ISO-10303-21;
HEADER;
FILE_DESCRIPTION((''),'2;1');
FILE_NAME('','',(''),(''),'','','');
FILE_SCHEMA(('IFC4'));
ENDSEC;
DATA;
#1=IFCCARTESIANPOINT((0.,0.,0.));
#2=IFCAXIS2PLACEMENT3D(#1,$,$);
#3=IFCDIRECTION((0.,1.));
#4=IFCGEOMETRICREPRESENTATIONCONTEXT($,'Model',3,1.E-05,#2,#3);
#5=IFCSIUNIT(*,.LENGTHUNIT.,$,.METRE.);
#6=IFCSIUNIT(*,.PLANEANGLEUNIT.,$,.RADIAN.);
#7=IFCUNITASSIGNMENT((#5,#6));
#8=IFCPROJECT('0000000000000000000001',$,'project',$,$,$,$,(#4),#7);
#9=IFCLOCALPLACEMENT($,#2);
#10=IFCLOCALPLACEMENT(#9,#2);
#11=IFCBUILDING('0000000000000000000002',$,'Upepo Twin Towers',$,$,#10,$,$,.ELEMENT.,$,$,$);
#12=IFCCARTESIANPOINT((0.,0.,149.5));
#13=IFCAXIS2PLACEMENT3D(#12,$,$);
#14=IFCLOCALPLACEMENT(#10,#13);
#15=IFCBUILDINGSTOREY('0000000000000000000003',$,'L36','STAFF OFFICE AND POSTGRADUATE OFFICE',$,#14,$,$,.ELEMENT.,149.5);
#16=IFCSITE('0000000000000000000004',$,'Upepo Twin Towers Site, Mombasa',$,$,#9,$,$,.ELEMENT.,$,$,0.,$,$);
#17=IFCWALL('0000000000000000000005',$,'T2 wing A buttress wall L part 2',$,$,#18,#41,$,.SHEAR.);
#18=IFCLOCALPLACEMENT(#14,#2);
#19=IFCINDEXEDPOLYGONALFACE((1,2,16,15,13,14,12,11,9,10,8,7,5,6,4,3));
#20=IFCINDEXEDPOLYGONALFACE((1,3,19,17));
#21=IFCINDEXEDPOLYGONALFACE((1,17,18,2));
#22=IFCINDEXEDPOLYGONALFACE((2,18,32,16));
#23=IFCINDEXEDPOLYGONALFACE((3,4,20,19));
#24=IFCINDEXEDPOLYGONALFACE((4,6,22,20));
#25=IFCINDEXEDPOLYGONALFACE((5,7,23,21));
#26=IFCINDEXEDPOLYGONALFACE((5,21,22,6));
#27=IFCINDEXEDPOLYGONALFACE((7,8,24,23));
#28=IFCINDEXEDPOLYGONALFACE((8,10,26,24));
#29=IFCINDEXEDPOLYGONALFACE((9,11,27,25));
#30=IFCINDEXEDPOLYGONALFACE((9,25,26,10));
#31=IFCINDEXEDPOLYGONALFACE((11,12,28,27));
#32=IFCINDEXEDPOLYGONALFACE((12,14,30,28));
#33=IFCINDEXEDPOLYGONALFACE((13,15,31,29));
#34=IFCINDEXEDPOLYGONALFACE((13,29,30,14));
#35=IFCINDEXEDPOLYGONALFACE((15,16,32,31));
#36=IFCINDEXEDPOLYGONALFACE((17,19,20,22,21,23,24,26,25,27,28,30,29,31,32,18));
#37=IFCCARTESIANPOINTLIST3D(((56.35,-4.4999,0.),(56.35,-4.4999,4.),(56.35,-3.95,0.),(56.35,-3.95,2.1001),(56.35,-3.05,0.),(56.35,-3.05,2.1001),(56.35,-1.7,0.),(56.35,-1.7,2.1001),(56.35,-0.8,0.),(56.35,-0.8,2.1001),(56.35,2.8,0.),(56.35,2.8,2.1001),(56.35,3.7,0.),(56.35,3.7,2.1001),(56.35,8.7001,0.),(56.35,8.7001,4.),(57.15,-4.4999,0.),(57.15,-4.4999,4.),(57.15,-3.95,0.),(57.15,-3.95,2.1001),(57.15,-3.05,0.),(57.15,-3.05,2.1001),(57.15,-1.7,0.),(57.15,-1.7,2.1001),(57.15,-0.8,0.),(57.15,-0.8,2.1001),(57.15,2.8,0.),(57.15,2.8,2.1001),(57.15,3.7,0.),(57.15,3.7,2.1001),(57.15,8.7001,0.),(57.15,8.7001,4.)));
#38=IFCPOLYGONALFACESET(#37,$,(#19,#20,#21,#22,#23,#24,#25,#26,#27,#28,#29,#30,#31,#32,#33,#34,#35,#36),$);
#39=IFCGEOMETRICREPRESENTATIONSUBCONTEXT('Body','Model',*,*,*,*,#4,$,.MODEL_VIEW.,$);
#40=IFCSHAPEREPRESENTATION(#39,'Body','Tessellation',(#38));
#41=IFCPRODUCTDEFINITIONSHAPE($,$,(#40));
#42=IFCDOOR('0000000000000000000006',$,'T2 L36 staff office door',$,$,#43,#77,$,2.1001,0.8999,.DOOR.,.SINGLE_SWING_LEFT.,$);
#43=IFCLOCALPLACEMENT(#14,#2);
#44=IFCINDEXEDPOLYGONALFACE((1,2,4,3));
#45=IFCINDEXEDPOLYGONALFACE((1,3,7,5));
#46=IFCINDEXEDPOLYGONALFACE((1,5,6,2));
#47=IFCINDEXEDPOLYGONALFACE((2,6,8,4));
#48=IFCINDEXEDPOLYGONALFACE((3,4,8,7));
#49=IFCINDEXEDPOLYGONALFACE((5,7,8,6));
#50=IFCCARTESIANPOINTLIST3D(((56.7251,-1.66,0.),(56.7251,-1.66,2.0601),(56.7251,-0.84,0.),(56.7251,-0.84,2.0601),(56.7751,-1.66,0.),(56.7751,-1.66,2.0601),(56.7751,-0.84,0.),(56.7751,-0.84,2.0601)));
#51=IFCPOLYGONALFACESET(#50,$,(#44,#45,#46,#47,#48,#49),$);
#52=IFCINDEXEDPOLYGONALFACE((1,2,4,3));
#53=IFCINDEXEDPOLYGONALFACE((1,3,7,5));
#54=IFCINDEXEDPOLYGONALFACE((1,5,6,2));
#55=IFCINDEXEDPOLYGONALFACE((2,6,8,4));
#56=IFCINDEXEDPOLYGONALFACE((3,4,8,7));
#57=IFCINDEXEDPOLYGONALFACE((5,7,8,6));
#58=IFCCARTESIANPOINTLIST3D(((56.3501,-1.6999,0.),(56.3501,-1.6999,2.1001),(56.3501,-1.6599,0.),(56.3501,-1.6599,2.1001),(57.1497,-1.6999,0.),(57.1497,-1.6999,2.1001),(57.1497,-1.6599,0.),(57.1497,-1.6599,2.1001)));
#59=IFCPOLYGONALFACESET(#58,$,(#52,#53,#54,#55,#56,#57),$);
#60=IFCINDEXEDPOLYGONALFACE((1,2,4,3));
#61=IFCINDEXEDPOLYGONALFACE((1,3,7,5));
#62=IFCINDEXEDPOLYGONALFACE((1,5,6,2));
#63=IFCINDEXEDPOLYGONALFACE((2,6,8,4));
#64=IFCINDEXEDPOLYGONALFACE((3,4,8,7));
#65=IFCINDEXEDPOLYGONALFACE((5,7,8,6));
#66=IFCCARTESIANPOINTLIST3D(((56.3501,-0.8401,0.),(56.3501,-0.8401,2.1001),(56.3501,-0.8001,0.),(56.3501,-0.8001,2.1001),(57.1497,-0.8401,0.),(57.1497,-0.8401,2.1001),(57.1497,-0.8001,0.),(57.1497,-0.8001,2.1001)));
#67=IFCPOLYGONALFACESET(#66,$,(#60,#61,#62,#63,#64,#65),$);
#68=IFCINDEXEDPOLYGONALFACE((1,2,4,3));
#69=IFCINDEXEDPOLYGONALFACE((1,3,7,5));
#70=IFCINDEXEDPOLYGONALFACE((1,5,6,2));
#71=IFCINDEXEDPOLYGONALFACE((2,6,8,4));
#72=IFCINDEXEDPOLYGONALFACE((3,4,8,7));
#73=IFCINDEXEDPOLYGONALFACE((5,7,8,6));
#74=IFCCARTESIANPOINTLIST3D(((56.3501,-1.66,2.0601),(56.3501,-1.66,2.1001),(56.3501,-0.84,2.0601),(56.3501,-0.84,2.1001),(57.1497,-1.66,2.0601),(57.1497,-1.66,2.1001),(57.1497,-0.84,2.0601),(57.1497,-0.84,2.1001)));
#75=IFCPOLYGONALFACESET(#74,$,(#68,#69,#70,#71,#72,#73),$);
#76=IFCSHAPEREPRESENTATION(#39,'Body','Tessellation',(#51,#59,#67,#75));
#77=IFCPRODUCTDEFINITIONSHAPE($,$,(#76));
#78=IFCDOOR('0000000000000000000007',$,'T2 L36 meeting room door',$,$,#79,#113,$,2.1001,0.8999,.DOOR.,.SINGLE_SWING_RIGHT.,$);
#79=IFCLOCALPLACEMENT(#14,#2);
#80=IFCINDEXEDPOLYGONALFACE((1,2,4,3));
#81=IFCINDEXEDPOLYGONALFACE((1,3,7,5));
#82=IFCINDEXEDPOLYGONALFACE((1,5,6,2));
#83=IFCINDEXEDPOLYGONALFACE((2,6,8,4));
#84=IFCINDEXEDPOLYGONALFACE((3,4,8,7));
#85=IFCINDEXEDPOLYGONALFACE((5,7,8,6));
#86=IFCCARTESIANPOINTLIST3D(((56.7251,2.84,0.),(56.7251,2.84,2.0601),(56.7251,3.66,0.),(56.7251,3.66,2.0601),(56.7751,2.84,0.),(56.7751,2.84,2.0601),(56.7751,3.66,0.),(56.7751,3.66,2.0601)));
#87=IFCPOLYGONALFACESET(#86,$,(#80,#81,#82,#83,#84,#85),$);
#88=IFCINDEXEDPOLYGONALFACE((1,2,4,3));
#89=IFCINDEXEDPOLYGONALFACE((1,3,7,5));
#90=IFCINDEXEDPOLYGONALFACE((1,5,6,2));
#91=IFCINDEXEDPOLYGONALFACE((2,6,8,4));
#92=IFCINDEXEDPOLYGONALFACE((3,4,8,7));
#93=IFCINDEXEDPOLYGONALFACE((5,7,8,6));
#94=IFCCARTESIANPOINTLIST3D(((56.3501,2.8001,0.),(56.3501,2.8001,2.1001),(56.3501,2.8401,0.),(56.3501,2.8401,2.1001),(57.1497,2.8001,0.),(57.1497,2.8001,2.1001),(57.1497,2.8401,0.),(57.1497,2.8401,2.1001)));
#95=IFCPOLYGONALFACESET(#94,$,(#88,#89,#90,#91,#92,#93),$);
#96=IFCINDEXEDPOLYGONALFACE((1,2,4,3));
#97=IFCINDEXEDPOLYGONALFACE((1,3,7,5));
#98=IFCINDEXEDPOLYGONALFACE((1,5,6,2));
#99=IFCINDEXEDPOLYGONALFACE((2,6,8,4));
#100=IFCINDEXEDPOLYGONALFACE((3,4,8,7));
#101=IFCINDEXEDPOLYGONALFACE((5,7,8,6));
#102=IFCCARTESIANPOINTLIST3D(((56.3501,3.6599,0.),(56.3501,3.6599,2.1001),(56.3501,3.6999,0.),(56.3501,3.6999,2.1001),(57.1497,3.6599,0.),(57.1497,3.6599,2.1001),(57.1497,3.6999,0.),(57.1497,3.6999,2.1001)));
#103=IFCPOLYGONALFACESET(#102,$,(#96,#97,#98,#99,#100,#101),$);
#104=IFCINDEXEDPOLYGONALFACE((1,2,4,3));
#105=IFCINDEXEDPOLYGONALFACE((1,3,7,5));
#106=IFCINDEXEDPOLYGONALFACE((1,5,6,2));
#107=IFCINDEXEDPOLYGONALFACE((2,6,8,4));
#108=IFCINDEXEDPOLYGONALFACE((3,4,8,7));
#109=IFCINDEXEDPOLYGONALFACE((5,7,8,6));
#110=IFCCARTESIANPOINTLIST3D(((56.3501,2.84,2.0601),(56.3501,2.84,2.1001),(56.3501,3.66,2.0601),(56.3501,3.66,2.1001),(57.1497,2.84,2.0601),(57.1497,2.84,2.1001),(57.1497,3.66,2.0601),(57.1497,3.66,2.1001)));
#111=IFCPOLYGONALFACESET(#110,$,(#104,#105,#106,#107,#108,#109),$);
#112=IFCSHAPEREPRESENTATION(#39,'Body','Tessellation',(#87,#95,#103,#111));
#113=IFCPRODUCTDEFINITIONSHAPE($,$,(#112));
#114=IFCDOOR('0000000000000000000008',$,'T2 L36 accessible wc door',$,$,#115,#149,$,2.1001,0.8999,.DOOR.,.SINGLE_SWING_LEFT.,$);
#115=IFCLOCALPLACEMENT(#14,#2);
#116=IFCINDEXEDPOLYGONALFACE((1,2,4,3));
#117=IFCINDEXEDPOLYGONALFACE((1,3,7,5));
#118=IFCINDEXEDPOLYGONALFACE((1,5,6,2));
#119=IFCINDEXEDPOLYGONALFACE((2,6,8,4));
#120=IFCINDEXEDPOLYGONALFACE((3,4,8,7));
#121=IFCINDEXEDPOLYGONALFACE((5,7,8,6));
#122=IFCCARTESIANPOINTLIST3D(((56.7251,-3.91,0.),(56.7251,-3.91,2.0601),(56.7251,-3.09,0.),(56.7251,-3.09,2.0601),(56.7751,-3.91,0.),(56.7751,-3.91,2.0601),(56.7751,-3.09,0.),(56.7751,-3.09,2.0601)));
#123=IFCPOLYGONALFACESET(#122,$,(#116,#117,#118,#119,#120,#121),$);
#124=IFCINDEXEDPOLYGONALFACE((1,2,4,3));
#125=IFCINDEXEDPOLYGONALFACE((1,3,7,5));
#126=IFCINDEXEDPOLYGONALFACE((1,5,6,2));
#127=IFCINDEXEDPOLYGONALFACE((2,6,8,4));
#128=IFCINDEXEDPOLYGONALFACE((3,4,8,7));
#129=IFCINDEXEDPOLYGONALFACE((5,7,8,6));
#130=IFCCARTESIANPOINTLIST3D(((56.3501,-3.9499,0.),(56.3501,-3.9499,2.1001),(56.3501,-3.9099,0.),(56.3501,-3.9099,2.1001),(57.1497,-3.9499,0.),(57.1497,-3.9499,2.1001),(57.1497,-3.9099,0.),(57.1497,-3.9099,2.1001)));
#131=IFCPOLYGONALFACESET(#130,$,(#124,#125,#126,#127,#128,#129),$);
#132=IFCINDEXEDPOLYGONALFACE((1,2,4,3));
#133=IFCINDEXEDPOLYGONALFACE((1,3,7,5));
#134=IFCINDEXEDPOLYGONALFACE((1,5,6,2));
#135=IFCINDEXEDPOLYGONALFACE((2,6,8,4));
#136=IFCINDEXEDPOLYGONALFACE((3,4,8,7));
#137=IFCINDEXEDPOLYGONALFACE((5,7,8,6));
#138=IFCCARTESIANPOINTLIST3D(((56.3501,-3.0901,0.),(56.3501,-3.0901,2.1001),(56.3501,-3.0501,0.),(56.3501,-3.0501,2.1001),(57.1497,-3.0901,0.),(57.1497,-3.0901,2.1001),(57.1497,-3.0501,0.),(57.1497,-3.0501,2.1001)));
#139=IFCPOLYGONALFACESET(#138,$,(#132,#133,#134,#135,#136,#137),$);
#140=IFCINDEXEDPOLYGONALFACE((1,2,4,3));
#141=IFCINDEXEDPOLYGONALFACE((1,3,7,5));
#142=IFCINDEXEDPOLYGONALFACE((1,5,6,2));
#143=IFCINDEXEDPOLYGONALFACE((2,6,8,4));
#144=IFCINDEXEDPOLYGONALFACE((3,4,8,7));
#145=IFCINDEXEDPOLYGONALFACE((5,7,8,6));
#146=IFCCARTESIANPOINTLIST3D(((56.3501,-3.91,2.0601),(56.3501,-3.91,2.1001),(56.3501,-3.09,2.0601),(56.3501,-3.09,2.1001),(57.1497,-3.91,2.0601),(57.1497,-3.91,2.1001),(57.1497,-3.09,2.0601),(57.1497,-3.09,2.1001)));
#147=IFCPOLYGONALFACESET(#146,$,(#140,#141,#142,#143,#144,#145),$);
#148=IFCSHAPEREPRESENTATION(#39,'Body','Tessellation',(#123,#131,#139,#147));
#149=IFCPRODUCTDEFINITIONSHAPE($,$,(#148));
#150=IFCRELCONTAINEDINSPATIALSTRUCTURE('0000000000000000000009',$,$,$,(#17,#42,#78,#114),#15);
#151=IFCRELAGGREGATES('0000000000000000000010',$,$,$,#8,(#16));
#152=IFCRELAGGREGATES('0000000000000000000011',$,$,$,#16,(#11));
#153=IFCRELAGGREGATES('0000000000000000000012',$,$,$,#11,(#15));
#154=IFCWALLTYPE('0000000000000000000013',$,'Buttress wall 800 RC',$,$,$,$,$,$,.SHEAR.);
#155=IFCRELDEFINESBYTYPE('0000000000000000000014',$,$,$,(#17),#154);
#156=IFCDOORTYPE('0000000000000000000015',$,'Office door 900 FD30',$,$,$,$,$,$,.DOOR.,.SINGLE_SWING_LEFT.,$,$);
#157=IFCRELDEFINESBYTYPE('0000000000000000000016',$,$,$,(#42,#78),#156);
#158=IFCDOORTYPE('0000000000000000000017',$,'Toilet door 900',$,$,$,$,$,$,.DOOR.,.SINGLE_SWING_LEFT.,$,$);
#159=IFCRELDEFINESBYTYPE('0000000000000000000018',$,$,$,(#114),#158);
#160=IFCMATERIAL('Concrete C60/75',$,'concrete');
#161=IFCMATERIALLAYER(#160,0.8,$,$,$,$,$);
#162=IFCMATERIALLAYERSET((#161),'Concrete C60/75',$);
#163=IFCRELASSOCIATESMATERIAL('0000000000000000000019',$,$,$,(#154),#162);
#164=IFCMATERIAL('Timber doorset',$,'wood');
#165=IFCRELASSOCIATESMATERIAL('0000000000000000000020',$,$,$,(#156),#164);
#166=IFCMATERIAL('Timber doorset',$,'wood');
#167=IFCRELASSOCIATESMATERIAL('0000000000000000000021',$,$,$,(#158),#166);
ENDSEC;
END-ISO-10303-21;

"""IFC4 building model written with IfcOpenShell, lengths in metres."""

from ifc_helpers import new_model, si_unit, direction, frame, frame_2d, origin, place, context, subcontext, project, spatial, rectangle, extrude, material, layer, layer_set, type_object, element, fill, save


model = new_model("IFC4")

# Units and contexts
model_context = context("Model", 3, precision=1e-05, world=origin(), true_north=direction((0.0, 1.0)))
body_context = subcontext(model_context, "Body", "Model", "MODEL_VIEW")
ifc_project = project(units=[si_unit("LENGTHUNIT", "METRE"), si_unit("PLANEANGLEUNIT", "RADIAN")], contexts=[model_context])

# Site, building, storey
site_placement = place(None, origin())
site = spatial("IfcSite", under=ifc_project, at=site_placement, Name="Upepo Twin Towers Site, Mombasa", CompositionType="ELEMENT", RefElevation=0.0)
building_placement = place(site_placement, origin())
building = spatial("IfcBuilding", under=site, at=building_placement, Name="Upepo Twin Towers", CompositionType="ELEMENT")
storey_placement = place(building_placement, frame((0.0, 0.0, 149.5)))
storey = spatial("IfcBuildingStorey", under=building, at=storey_placement, Name="L36", Description="STAFF OFFICE AND POSTGRADUATE OFFICE", CompositionType="ELEMENT", Elevation=149.5)

# Wall, openings, doors
ifc_material_1 = material(Name="Concrete C60/75", Category="concrete")
ifc_layer_1 = layer(ifc_material_1, 0.8)
ifc_layer_set_1 = layer_set([ifc_layer_1], Name="Concrete C60/75")
wall_type_1 = type_object("IfcWallType", Name="Buttress wall 800 RC", PredefinedType="SHEAR", material=ifc_layer_set_1)
wall_1_placement = place(storey_placement, frame((56.75, -4.5, 0.0), z_axis=(0.0, 0.0, 1.0), x_axis=(0.0, 1.0, 0.0)))
wall_1 = element("IfcWall", 1, at=wall_1_placement, inside=storey, type_object=wall_type_1, Name="T2 wing A buttress wall L part 2", PredefinedType="SHEAR", context=body_context, shape_type="SweptSolid", body=[
    extrude(rectangle(XDim=13.2, YDim=0.8, at=frame_2d((6.6001, 0.0))), origin(), (0.0, 0.0, 1.0), 4.0),
])
opening_1_placement = place(wall_1_placement, frame((0.55, 0.0, 0.0)))
opening_1 = element("IfcOpeningElement", 2, at=opening_1_placement, cuts=wall_1, PredefinedType="OPENING", context=body_context, shape_type="SweptSolid", body=[
    extrude(rectangle(XDim=0.8999, YDim=2.1001, at=frame_2d((0.45, 1.05))), frame((0.0, 0.4099, 0.0), z_axis=(0.0, -1.0, 0.0), x_axis=(1.0, 0.0, 0.0)), (0.0, 0.0, 1.0), 0.8201),
])
opening_2_placement = place(wall_1_placement, frame((2.8, 0.0, 0.0)))
opening_2 = element("IfcOpeningElement", 3, at=opening_2_placement, cuts=wall_1, PredefinedType="OPENING", context=body_context, shape_type="SweptSolid", body=[
    extrude(rectangle(XDim=0.8999, YDim=2.1001, at=frame_2d((0.45, 1.05))), frame((0.0, 0.4099, 0.0), z_axis=(0.0, -1.0, 0.0), x_axis=(1.0, 0.0, 0.0)), (0.0, 0.0, 1.0), 0.8201),
])
opening_3_placement = place(wall_1_placement, frame((7.3, 0.0, 0.0)))
opening_3 = element("IfcOpeningElement", 4, at=opening_3_placement, cuts=wall_1, PredefinedType="OPENING", context=body_context, shape_type="SweptSolid", body=[
    extrude(rectangle(XDim=0.8999, YDim=2.1001, at=frame_2d((0.45, 1.05))), frame((0.0, 0.4099, 0.0), z_axis=(0.0, -1.0, 0.0), x_axis=(1.0, 0.0, 0.0)), (0.0, 0.0, 1.0), 0.8201),
])
ifc_material_2 = material(Name="Timber doorset", Category="wood")
door_type_1 = type_object("IfcDoorType", Name="Office door 900 FD30", OperationType="SINGLE_SWING_LEFT", PredefinedType="DOOR", material=ifc_material_2)
door_1_placement = place(opening_2_placement, origin())
door_1 = element("IfcDoor", 5, at=door_1_placement, inside=storey, type_object=door_type_1, Name="T2 L36 staff office door", OperationType="SINGLE_SWING_LEFT", OverallHeight=2.1001, OverallWidth=0.8999, PredefinedType="DOOR", context=body_context, shape_type="SweptSolid", body=[
    extrude(rectangle(XDim=0.8199, YDim=2.0601, at=frame_2d((0.45, 1.03))), frame((0.0, 0.0249, 0.0), z_axis=(0.0, -1.0, 0.0), x_axis=(1.0, 0.0, 0.0)), (0.0, 0.0, 1.0), 0.05),
    extrude(rectangle(XDim=0.04, YDim=2.1001, at=frame_2d((0.02, 1.05))), frame((0.0, 0.3999, 0.0), z_axis=(0.0, -1.0, 0.0), x_axis=(1.0, 0.0, 0.0)), (0.0, 0.0, 1.0), 0.7996),
    extrude(rectangle(XDim=0.04, YDim=2.1001, at=frame_2d((0.8799, 1.05))), frame((0.0, 0.3999, 0.0), z_axis=(0.0, -1.0, 0.0), x_axis=(1.0, 0.0, 0.0)), (0.0, 0.0, 1.0), 0.7996),
    extrude(rectangle(XDim=0.8199, YDim=0.04, at=frame_2d((0.45, 2.0801))), frame((0.0, 0.3999, 0.0), z_axis=(0.0, -1.0, 0.0), x_axis=(1.0, 0.0, 0.0)), (0.0, 0.0, 1.0), 0.7996),
])
fill(opening_2, door_1)
door_2_placement = place(opening_3_placement, origin())
door_2 = element("IfcDoor", 6, at=door_2_placement, inside=storey, type_object=door_type_1, Name="T2 L36 meeting room door", OperationType="SINGLE_SWING_RIGHT", OverallHeight=2.1001, OverallWidth=0.8999, PredefinedType="DOOR", context=body_context, shape_type="SweptSolid", body=[
    extrude(rectangle(XDim=0.8199, YDim=2.0601, at=frame_2d((0.45, 1.03))), frame((0.0, 0.0249, 0.0), z_axis=(0.0, -1.0, 0.0), x_axis=(1.0, 0.0, 0.0)), (0.0, 0.0, 1.0), 0.05),
    extrude(rectangle(XDim=0.04, YDim=2.1001, at=frame_2d((0.02, 1.05))), frame((0.0, 0.3999, 0.0), z_axis=(0.0, -1.0, 0.0), x_axis=(1.0, 0.0, 0.0)), (0.0, 0.0, 1.0), 0.7996),
    extrude(rectangle(XDim=0.04, YDim=2.1001, at=frame_2d((0.8799, 1.05))), frame((0.0, 0.3999, 0.0), z_axis=(0.0, -1.0, 0.0), x_axis=(1.0, 0.0, 0.0)), (0.0, 0.0, 1.0), 0.7996),
    extrude(rectangle(XDim=0.8199, YDim=0.04, at=frame_2d((0.45, 2.0801))), frame((0.0, 0.3999, 0.0), z_axis=(0.0, -1.0, 0.0), x_axis=(1.0, 0.0, 0.0)), (0.0, 0.0, 1.0), 0.7996),
])
fill(opening_3, door_2)
ifc_material_3 = material(Name="Timber doorset", Category="wood")
door_type_2 = type_object("IfcDoorType", Name="Toilet door 900", OperationType="SINGLE_SWING_LEFT", PredefinedType="DOOR", material=ifc_material_3)
door_3_placement = place(opening_1_placement, origin())
door_3 = element("IfcDoor", 7, at=door_3_placement, inside=storey, type_object=door_type_2, Name="T2 L36 accessible wc door", OperationType="SINGLE_SWING_LEFT", OverallHeight=2.1001, OverallWidth=0.8999, PredefinedType="DOOR", context=body_context, shape_type="SweptSolid", body=[
    extrude(rectangle(XDim=0.8199, YDim=2.0601, at=frame_2d((0.45, 1.03))), frame((0.0, 0.0249, 0.0), z_axis=(0.0, -1.0, 0.0), x_axis=(1.0, 0.0, 0.0)), (0.0, 0.0, 1.0), 0.05),
    extrude(rectangle(XDim=0.04, YDim=2.1001, at=frame_2d((0.02, 1.05))), frame((0.0, 0.3999, 0.0), z_axis=(0.0, -1.0, 0.0), x_axis=(1.0, 0.0, 0.0)), (0.0, 0.0, 1.0), 0.7996),
    extrude(rectangle(XDim=0.04, YDim=2.1001, at=frame_2d((0.8799, 1.05))), frame((0.0, 0.3999, 0.0), z_axis=(0.0, -1.0, 0.0), x_axis=(1.0, 0.0, 0.0)), (0.0, 0.0, 1.0), 0.7996),
    extrude(rectangle(XDim=0.8199, YDim=0.04, at=frame_2d((0.45, 2.0801))), frame((0.0, 0.3999, 0.0), z_axis=(0.0, -1.0, 0.0), x_axis=(1.0, 0.0, 0.0)), (0.0, 0.0, 1.0), 0.7996),
])
fill(opening_1, door_3)

save(model, "model.ifc")
